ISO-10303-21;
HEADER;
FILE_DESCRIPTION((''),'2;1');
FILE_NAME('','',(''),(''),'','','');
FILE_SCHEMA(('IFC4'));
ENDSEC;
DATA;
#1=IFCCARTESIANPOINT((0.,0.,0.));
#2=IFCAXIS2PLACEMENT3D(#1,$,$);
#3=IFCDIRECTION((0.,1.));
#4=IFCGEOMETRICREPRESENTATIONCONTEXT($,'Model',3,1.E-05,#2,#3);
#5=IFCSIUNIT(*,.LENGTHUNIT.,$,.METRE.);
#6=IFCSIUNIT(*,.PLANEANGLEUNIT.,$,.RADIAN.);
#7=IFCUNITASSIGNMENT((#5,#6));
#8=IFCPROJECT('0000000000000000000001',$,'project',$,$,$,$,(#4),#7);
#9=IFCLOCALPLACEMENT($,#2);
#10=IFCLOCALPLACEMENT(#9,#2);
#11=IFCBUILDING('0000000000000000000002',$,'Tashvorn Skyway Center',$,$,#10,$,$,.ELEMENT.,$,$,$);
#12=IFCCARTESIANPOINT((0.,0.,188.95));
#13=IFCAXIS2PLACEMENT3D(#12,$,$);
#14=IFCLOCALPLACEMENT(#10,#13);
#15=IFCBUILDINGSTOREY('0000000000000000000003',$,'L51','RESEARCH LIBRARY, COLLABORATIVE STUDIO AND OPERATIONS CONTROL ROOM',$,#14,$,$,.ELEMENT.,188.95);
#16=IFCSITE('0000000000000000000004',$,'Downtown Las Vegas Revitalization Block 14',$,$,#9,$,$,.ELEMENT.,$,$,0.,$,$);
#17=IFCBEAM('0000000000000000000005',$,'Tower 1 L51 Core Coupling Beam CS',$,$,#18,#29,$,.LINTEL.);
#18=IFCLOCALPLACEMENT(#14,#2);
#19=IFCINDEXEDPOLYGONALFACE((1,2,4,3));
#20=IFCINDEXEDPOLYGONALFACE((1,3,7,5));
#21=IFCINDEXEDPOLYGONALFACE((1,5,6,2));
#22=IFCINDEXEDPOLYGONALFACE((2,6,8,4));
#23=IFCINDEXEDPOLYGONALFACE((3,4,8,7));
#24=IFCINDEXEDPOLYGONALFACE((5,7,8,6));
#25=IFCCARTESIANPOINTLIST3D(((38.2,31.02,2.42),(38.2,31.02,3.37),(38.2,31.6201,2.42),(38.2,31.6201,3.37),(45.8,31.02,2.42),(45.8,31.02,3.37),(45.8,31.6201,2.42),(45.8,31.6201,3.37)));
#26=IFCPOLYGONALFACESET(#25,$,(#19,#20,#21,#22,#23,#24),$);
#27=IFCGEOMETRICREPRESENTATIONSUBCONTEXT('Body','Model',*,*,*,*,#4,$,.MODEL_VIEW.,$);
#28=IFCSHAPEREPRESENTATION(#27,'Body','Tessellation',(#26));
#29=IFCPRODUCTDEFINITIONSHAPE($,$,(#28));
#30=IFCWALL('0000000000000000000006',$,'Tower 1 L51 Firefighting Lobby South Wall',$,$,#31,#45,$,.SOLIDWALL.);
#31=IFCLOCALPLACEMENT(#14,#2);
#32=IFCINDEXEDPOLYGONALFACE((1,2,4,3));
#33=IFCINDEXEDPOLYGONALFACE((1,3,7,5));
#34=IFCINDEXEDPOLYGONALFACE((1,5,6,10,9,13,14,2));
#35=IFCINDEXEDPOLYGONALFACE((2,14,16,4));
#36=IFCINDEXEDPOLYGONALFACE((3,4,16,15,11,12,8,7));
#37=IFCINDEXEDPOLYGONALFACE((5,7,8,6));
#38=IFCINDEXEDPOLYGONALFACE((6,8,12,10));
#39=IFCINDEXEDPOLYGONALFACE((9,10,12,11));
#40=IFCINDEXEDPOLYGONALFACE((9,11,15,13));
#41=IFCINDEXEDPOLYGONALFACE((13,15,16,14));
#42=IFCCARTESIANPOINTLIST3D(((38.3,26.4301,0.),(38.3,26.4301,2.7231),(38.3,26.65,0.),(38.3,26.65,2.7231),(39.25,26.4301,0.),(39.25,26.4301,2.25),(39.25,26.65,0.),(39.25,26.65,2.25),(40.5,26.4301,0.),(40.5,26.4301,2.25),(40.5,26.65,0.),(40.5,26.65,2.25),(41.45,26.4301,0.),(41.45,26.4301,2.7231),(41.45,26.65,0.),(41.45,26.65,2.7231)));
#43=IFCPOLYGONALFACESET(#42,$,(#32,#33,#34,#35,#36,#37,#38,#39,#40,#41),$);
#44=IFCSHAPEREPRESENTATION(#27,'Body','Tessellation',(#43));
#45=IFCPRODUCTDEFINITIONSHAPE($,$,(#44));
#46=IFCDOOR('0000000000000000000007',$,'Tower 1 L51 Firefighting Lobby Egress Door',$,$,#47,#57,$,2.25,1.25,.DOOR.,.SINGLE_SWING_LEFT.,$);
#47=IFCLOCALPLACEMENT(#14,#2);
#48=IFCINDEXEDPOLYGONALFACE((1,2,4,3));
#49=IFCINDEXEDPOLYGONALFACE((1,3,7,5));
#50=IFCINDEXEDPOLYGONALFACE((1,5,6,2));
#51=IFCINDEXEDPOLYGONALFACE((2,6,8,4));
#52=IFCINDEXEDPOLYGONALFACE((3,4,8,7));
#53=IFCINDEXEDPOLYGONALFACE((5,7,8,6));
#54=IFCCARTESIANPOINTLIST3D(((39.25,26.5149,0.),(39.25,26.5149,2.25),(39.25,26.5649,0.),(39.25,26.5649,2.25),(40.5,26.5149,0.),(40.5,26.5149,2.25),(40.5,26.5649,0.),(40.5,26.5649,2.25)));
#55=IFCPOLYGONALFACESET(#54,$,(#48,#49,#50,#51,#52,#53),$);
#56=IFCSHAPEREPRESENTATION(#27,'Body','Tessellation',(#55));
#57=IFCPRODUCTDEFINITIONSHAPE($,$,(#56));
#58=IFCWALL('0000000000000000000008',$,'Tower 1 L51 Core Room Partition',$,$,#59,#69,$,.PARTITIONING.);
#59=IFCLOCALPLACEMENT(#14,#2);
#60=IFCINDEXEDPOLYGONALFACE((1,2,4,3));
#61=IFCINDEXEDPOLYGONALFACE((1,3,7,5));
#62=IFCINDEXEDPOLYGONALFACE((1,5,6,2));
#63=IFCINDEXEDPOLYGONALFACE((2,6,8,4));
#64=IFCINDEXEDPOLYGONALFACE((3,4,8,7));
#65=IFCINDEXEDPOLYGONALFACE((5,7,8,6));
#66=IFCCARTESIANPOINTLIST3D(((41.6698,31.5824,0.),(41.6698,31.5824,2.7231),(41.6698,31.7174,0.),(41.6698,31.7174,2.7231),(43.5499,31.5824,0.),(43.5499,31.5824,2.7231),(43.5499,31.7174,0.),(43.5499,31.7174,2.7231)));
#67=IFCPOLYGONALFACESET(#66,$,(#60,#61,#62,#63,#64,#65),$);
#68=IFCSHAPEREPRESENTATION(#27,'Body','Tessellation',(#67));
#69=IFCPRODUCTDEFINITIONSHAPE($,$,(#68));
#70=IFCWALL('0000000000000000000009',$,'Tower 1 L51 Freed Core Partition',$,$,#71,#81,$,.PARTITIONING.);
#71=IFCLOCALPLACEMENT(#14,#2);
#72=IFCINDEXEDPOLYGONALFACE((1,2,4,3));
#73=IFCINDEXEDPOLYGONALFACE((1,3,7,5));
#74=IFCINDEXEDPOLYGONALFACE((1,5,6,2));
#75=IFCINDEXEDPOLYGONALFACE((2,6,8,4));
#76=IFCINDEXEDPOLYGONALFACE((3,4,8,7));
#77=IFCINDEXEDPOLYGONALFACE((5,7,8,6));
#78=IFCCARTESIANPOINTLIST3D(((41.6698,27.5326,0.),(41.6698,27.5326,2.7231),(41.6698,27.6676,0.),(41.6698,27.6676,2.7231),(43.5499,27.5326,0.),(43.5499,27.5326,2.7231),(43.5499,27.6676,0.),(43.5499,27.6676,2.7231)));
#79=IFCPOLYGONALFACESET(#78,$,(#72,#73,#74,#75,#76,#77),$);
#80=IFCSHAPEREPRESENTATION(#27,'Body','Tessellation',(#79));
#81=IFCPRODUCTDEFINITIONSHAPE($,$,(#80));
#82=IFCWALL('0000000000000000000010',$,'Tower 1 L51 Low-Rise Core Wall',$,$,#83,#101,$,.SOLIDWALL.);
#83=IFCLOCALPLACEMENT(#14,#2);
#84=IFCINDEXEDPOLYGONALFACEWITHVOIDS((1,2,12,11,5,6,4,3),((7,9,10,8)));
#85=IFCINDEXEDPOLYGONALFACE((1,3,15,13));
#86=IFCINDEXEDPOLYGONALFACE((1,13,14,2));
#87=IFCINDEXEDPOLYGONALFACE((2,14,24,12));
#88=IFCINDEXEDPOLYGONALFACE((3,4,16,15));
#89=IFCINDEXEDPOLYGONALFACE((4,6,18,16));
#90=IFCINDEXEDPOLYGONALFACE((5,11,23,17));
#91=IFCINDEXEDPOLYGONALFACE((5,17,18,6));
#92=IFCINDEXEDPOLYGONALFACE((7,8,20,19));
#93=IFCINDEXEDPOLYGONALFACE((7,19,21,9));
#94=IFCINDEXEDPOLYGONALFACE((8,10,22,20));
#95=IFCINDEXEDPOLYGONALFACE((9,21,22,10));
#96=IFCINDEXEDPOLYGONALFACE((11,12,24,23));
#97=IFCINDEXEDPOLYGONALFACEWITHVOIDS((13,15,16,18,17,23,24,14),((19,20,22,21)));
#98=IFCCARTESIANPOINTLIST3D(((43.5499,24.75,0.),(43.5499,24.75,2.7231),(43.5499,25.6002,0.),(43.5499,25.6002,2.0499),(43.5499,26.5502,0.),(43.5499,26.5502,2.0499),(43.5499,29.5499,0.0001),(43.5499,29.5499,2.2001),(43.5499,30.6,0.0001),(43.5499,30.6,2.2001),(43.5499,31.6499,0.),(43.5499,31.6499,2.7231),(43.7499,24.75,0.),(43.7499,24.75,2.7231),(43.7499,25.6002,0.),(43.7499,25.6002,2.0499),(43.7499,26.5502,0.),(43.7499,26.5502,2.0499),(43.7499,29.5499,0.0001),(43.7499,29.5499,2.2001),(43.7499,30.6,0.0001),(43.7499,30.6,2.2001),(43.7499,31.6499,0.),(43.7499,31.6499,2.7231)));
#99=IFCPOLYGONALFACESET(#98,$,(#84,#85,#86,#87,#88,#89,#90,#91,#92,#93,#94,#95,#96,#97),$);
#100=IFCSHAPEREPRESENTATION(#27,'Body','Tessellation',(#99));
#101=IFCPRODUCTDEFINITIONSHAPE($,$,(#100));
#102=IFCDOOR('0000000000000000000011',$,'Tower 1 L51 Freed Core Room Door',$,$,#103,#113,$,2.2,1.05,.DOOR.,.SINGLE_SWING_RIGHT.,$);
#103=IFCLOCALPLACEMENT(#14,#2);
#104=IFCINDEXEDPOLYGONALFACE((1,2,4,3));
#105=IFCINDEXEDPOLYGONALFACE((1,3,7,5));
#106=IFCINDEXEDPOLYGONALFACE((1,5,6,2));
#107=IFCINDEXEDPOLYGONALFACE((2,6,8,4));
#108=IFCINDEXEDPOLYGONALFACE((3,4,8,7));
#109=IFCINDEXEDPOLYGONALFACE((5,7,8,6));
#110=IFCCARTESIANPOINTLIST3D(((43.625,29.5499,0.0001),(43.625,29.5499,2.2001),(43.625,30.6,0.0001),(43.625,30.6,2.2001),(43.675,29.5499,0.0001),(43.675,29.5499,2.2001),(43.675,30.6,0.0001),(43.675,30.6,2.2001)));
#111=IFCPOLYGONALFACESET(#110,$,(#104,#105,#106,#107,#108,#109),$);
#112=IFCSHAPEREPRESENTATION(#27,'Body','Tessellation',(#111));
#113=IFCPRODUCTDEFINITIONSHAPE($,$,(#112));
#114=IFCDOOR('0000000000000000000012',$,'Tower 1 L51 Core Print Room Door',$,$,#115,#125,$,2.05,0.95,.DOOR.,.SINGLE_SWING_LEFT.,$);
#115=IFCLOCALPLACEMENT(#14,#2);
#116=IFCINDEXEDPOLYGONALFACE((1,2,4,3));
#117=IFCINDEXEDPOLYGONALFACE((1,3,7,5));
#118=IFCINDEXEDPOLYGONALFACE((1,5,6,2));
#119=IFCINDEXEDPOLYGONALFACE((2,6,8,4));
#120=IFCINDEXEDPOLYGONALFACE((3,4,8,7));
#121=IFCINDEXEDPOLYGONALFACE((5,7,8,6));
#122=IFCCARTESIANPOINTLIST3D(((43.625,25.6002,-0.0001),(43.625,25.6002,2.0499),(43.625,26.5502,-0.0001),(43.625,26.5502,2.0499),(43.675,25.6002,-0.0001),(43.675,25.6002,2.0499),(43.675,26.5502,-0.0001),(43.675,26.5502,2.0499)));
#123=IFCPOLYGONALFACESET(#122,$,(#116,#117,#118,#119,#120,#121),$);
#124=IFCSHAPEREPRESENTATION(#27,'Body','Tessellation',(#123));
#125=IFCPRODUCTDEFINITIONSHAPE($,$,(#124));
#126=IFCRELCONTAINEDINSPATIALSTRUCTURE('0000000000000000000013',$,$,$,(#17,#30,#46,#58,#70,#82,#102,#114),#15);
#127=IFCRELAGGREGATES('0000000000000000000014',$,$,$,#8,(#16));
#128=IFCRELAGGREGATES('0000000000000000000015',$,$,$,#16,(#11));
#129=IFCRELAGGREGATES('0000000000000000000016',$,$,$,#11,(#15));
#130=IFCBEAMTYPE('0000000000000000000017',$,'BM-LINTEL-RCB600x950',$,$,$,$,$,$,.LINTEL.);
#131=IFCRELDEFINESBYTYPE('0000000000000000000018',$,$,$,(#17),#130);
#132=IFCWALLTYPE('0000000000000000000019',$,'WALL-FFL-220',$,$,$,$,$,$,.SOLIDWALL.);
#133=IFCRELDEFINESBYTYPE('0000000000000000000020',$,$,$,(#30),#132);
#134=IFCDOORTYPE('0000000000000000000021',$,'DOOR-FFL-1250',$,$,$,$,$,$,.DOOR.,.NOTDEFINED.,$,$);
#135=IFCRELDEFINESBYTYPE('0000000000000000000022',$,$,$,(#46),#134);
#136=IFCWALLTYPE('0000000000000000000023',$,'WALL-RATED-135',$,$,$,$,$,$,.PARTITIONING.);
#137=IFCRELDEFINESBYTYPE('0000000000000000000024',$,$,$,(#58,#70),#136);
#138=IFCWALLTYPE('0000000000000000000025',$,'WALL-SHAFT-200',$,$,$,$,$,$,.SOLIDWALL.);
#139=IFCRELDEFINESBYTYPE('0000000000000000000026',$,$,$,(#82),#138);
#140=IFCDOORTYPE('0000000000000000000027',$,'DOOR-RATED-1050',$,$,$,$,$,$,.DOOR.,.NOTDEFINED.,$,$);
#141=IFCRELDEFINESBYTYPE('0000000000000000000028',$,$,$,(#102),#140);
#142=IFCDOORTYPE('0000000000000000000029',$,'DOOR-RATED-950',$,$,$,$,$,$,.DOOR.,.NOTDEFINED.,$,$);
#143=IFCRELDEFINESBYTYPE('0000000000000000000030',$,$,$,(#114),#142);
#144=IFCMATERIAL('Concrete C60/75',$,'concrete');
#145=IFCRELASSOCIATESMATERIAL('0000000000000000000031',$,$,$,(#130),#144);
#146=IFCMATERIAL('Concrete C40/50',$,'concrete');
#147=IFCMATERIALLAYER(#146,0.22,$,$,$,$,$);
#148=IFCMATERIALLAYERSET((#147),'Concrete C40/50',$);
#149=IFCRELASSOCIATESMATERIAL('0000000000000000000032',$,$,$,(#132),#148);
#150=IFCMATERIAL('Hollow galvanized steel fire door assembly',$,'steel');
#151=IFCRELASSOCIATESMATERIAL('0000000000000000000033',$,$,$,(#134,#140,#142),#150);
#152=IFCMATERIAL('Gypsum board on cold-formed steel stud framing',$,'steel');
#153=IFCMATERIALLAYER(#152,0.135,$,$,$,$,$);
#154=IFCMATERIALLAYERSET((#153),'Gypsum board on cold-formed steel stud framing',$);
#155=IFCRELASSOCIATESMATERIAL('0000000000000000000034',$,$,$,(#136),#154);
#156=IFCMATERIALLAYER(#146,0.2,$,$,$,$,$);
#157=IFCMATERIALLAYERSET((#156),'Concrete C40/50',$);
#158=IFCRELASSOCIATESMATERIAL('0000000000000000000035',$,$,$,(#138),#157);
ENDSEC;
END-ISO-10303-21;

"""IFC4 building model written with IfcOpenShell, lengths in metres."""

from ifc_helpers import new_model, si_unit, direction, frame, frame_2d, origin, origin_2d, place, context, subcontext, project, spatial, rectangle, extrude, material, layer, layer_set, material_profile, profile_set, type_object, element, fill, save


model = new_model("IFC4")

# Units and contexts
model_context = context("Model", 3, precision=1e-05, world=origin(), true_north=direction((0.0, 1.0)))
body_context = subcontext(model_context, "Body", "Model", "MODEL_VIEW")
ifc_project = project(units=[si_unit("LENGTHUNIT", "METRE"), si_unit("PLANEANGLEUNIT", "RADIAN")], contexts=[model_context])

# Site, building, storey
site_placement = place(None, origin())
site = spatial("IfcSite", under=ifc_project, at=site_placement, Name="Downtown Las Vegas Revitalization Block 14", CompositionType="ELEMENT", RefElevation=0.0)
building_placement = place(site_placement, origin())
building = spatial("IfcBuilding", under=site, at=building_placement, Name="Tashvorn Skyway Center", CompositionType="ELEMENT")
storey_placement = place(building_placement, frame((0.0, 0.0, 188.95)))
storey = spatial("IfcBuildingStorey", under=building, at=storey_placement, Name="L51", Description="RESEARCH LIBRARY, COLLABORATIVE STUDIO AND OPERATIONS CONTROL ROOM", CompositionType="ELEMENT", Elevation=188.95)

# Beam
ifc_material_1 = material(Name="Concrete C60/75", Category="concrete")
ifc_material_profile = material_profile(ifc_material_1, rectangle(XDim=0.6001, YDim=0.95, at=origin_2d()), Name="RCB600x950")
ifc_profile_set = profile_set([ifc_material_profile], Name="Concrete C60/75")
beam_type = type_object("IfcBeamType", Name="BM-LINTEL-RCB600x950", PredefinedType="LINTEL", material=ifc_profile_set)
beam_placement = place(storey_placement, frame((38.2, 31.3201, 2.895), z_axis=(1.0, 0.0, 0.0), x_axis=(0.0, 1.0, 0.0)))
element("IfcBeam", 1, at=beam_placement, inside=storey, type_object=beam_type, Name="Tower 1 L51 Core Coupling Beam CS", PredefinedType="LINTEL", context=body_context, shape_type="SweptSolid", body=[
    extrude(rectangle(XDim=0.6001, YDim=0.95, at=origin_2d()), origin(), (0.0, 0.0, 1.0), 7.6001),
])

# Wall, opening, door
ifc_material_2 = material(Name="Concrete C40/50", Category="concrete")
ifc_layer_1 = layer(ifc_material_2, 0.22)
ifc_layer_set_1 = layer_set([ifc_layer_1], Name="Concrete C40/50")
wall_type_1 = type_object("IfcWallType", Name="WALL-FFL-220", PredefinedType="SOLIDWALL", material=ifc_layer_set_1)
wall_1_placement = place(storey_placement, frame((38.3, 26.54, 0.0), z_axis=(0.0, 0.0, 1.0), x_axis=(1.0, 0.0, 0.0)))
wall_1 = element("IfcWall", 2, at=wall_1_placement, inside=storey, type_object=wall_type_1, Name="Tower 1 L51 Firefighting Lobby South Wall", PredefinedType="SOLIDWALL", context=body_context, shape_type="SweptSolid", body=[
    extrude(rectangle(XDim=3.1499, YDim=0.22, at=frame_2d((1.575, 0.0))), origin(), (0.0, 0.0, 1.0), 2.7231),
])
opening_1_placement = place(wall_1_placement, frame((0.95, 0.0, 0.0)))
opening_1 = element("IfcOpeningElement", 3, at=opening_1_placement, cuts=wall_1, PredefinedType="OPENING", context=body_context, shape_type="SweptSolid", body=[
    extrude(rectangle(XDim=1.25, YDim=2.25, at=frame_2d((0.625, 1.125))), frame((0.0, 0.1199, 0.0), z_axis=(0.0, -1.0, 0.0), x_axis=(1.0, 0.0, 0.0)), (0.0, 0.0, 1.0), 0.24),
])
ifc_material_3 = material(Name="Hollow galvanized steel fire door assembly", Category="steel")
door_type_1 = type_object("IfcDoorType", Name="DOOR-FFL-1250", OperationType="NOTDEFINED", PredefinedType="DOOR", material=ifc_material_3)
door_1_placement = place(opening_1_placement, origin())
door_1 = element("IfcDoor", 4, at=door_1_placement, inside=storey, type_object=door_type_1, Name="Tower 1 L51 Firefighting Lobby Egress Door", OperationType="SINGLE_SWING_LEFT", OverallHeight=2.25, OverallWidth=1.25, PredefinedType="DOOR", context=body_context, shape_type="SweptSolid", body=[
    extrude(rectangle(XDim=1.25, YDim=2.25, at=frame_2d((0.625, 1.125))), frame((0.0, 0.0249, 0.0), z_axis=(0.0, -1.0, 0.0), x_axis=(1.0, 0.0, 0.0)), (0.0, 0.0, 1.0), 0.05),
])
fill(opening_1, door_1)

# Walls
ifc_material_4 = material(Name="Gypsum board on cold-formed steel stud framing", Category="steel")
ifc_layer_2 = layer(ifc_material_4, 0.135)
ifc_layer_set_2 = layer_set([ifc_layer_2], Name="Gypsum board on cold-formed steel stud framing")
wall_type_2 = type_object("IfcWallType", Name="WALL-RATED-135", PredefinedType="PARTITIONING", material=ifc_layer_set_2)
for number, where, z_axis, x_axis, name in (
    (5, (41.6699, 31.6499, 0.0), (0.0, 0.0, 1.0), (1.0, 0.0, 0.0), "Tower 1 L51 Core Room Partition"),
    (6, (41.6699, 27.6001, 0.0), (0.0, 0.0, 1.0), (1.0, 0.0, 0.0), "Tower 1 L51 Freed Core Partition"),
):
    element("IfcWall", number, at=place(storey_placement, frame(where, z_axis=z_axis, x_axis=x_axis)), inside=storey, type_object=wall_type_2, Name=name, PredefinedType="PARTITIONING", context=body_context, shape_type="SweptSolid", body=[
        extrude(rectangle(XDim=1.8801, YDim=0.135, at=frame_2d((0.9399, 0.0))), origin(), (0.0, 0.0, 1.0), 2.7231),
    ])

# Wall, openings, doors
ifc_layer_3 = layer(ifc_material_2, 0.2)
ifc_layer_set_3 = layer_set([ifc_layer_3], Name="Concrete C40/50")
wall_type_3 = type_object("IfcWallType", Name="WALL-SHAFT-200", PredefinedType="SOLIDWALL", material=ifc_layer_set_3)
wall_2_placement = place(storey_placement, frame((43.6499, 24.75, 0.0), z_axis=(0.0, 0.0, 1.0), x_axis=(0.0, 1.0, 0.0)))
wall_2 = element("IfcWall", 7, at=wall_2_placement, inside=storey, type_object=wall_type_3, Name="Tower 1 L51 Low-Rise Core Wall", PredefinedType="SOLIDWALL", context=body_context, shape_type="SweptSolid", body=[
    extrude(rectangle(XDim=6.8999, YDim=0.2, at=frame_2d((3.45, 0.0))), origin(), (0.0, 0.0, 1.0), 2.7231),
])
opening_2_placement = place(wall_2_placement, frame((0.8501, 0.0, 0.0)))
opening_2 = element("IfcOpeningElement", 8, at=opening_2_placement, cuts=wall_2, PredefinedType="OPENING", context=body_context, shape_type="SweptSolid", body=[
    extrude(rectangle(XDim=0.95, YDim=2.05, at=frame_2d((0.4751, 1.0249))), frame((0.0, 0.1099, 0.0), z_axis=(0.0, -1.0, 0.0), x_axis=(1.0, 0.0, 0.0)), (0.0, 0.0, 1.0), 0.22),
])
opening_3_placement = place(wall_2_placement, frame((4.8, 0.0, 0.0)))
opening_3 = element("IfcOpeningElement", 9, at=opening_3_placement, cuts=wall_2, PredefinedType="OPENING", context=body_context, shape_type="SweptSolid", body=[
    extrude(rectangle(XDim=1.05, YDim=2.2, at=frame_2d((0.5249, 1.1001))), frame((0.0, 0.1099, 0.0), z_axis=(0.0, -1.0, 0.0), x_axis=(1.0, 0.0, 0.0)), (0.0, 0.0, 1.0), 0.22),
])
door_type_2 = type_object("IfcDoorType", Name="DOOR-RATED-1050", OperationType="NOTDEFINED", PredefinedType="DOOR", material=ifc_material_3)
door_2_placement = place(opening_3_placement, origin())
door_2 = element("IfcDoor", 10, at=door_2_placement, inside=storey, type_object=door_type_2, Name="Tower 1 L51 Freed Core Room Door", OperationType="SINGLE_SWING_RIGHT", OverallHeight=2.2, OverallWidth=1.05, PredefinedType="DOOR", context=body_context, shape_type="SweptSolid", body=[
    extrude(rectangle(XDim=1.05, YDim=2.2, at=frame_2d((0.5249, 1.1001))), frame((0.0, 0.0249, 0.0), z_axis=(0.0, -1.0, 0.0), x_axis=(1.0, 0.0, 0.0)), (0.0, 0.0, 1.0), 0.05),
])
fill(opening_3, door_2)
door_type_3 = type_object("IfcDoorType", Name="DOOR-RATED-950", OperationType="NOTDEFINED", PredefinedType="DOOR", material=ifc_material_3)
door_3_placement = place(opening_2_placement, origin())
door_3 = element("IfcDoor", 11, at=door_3_placement, inside=storey, type_object=door_type_3, Name="Tower 1 L51 Core Print Room Door", OperationType="SINGLE_SWING_LEFT", OverallHeight=2.05, OverallWidth=0.95, PredefinedType="DOOR", context=body_context, shape_type="SweptSolid", body=[
    extrude(rectangle(XDim=0.95, YDim=2.05, at=frame_2d((0.4751, 1.0249))), frame((0.0, 0.0249, 0.0), z_axis=(0.0, -1.0, 0.0), x_axis=(1.0, 0.0, 0.0)), (0.0, 0.0, 1.0), 0.05),
])
fill(opening_2, door_3)

save(model, "model.ifc")
